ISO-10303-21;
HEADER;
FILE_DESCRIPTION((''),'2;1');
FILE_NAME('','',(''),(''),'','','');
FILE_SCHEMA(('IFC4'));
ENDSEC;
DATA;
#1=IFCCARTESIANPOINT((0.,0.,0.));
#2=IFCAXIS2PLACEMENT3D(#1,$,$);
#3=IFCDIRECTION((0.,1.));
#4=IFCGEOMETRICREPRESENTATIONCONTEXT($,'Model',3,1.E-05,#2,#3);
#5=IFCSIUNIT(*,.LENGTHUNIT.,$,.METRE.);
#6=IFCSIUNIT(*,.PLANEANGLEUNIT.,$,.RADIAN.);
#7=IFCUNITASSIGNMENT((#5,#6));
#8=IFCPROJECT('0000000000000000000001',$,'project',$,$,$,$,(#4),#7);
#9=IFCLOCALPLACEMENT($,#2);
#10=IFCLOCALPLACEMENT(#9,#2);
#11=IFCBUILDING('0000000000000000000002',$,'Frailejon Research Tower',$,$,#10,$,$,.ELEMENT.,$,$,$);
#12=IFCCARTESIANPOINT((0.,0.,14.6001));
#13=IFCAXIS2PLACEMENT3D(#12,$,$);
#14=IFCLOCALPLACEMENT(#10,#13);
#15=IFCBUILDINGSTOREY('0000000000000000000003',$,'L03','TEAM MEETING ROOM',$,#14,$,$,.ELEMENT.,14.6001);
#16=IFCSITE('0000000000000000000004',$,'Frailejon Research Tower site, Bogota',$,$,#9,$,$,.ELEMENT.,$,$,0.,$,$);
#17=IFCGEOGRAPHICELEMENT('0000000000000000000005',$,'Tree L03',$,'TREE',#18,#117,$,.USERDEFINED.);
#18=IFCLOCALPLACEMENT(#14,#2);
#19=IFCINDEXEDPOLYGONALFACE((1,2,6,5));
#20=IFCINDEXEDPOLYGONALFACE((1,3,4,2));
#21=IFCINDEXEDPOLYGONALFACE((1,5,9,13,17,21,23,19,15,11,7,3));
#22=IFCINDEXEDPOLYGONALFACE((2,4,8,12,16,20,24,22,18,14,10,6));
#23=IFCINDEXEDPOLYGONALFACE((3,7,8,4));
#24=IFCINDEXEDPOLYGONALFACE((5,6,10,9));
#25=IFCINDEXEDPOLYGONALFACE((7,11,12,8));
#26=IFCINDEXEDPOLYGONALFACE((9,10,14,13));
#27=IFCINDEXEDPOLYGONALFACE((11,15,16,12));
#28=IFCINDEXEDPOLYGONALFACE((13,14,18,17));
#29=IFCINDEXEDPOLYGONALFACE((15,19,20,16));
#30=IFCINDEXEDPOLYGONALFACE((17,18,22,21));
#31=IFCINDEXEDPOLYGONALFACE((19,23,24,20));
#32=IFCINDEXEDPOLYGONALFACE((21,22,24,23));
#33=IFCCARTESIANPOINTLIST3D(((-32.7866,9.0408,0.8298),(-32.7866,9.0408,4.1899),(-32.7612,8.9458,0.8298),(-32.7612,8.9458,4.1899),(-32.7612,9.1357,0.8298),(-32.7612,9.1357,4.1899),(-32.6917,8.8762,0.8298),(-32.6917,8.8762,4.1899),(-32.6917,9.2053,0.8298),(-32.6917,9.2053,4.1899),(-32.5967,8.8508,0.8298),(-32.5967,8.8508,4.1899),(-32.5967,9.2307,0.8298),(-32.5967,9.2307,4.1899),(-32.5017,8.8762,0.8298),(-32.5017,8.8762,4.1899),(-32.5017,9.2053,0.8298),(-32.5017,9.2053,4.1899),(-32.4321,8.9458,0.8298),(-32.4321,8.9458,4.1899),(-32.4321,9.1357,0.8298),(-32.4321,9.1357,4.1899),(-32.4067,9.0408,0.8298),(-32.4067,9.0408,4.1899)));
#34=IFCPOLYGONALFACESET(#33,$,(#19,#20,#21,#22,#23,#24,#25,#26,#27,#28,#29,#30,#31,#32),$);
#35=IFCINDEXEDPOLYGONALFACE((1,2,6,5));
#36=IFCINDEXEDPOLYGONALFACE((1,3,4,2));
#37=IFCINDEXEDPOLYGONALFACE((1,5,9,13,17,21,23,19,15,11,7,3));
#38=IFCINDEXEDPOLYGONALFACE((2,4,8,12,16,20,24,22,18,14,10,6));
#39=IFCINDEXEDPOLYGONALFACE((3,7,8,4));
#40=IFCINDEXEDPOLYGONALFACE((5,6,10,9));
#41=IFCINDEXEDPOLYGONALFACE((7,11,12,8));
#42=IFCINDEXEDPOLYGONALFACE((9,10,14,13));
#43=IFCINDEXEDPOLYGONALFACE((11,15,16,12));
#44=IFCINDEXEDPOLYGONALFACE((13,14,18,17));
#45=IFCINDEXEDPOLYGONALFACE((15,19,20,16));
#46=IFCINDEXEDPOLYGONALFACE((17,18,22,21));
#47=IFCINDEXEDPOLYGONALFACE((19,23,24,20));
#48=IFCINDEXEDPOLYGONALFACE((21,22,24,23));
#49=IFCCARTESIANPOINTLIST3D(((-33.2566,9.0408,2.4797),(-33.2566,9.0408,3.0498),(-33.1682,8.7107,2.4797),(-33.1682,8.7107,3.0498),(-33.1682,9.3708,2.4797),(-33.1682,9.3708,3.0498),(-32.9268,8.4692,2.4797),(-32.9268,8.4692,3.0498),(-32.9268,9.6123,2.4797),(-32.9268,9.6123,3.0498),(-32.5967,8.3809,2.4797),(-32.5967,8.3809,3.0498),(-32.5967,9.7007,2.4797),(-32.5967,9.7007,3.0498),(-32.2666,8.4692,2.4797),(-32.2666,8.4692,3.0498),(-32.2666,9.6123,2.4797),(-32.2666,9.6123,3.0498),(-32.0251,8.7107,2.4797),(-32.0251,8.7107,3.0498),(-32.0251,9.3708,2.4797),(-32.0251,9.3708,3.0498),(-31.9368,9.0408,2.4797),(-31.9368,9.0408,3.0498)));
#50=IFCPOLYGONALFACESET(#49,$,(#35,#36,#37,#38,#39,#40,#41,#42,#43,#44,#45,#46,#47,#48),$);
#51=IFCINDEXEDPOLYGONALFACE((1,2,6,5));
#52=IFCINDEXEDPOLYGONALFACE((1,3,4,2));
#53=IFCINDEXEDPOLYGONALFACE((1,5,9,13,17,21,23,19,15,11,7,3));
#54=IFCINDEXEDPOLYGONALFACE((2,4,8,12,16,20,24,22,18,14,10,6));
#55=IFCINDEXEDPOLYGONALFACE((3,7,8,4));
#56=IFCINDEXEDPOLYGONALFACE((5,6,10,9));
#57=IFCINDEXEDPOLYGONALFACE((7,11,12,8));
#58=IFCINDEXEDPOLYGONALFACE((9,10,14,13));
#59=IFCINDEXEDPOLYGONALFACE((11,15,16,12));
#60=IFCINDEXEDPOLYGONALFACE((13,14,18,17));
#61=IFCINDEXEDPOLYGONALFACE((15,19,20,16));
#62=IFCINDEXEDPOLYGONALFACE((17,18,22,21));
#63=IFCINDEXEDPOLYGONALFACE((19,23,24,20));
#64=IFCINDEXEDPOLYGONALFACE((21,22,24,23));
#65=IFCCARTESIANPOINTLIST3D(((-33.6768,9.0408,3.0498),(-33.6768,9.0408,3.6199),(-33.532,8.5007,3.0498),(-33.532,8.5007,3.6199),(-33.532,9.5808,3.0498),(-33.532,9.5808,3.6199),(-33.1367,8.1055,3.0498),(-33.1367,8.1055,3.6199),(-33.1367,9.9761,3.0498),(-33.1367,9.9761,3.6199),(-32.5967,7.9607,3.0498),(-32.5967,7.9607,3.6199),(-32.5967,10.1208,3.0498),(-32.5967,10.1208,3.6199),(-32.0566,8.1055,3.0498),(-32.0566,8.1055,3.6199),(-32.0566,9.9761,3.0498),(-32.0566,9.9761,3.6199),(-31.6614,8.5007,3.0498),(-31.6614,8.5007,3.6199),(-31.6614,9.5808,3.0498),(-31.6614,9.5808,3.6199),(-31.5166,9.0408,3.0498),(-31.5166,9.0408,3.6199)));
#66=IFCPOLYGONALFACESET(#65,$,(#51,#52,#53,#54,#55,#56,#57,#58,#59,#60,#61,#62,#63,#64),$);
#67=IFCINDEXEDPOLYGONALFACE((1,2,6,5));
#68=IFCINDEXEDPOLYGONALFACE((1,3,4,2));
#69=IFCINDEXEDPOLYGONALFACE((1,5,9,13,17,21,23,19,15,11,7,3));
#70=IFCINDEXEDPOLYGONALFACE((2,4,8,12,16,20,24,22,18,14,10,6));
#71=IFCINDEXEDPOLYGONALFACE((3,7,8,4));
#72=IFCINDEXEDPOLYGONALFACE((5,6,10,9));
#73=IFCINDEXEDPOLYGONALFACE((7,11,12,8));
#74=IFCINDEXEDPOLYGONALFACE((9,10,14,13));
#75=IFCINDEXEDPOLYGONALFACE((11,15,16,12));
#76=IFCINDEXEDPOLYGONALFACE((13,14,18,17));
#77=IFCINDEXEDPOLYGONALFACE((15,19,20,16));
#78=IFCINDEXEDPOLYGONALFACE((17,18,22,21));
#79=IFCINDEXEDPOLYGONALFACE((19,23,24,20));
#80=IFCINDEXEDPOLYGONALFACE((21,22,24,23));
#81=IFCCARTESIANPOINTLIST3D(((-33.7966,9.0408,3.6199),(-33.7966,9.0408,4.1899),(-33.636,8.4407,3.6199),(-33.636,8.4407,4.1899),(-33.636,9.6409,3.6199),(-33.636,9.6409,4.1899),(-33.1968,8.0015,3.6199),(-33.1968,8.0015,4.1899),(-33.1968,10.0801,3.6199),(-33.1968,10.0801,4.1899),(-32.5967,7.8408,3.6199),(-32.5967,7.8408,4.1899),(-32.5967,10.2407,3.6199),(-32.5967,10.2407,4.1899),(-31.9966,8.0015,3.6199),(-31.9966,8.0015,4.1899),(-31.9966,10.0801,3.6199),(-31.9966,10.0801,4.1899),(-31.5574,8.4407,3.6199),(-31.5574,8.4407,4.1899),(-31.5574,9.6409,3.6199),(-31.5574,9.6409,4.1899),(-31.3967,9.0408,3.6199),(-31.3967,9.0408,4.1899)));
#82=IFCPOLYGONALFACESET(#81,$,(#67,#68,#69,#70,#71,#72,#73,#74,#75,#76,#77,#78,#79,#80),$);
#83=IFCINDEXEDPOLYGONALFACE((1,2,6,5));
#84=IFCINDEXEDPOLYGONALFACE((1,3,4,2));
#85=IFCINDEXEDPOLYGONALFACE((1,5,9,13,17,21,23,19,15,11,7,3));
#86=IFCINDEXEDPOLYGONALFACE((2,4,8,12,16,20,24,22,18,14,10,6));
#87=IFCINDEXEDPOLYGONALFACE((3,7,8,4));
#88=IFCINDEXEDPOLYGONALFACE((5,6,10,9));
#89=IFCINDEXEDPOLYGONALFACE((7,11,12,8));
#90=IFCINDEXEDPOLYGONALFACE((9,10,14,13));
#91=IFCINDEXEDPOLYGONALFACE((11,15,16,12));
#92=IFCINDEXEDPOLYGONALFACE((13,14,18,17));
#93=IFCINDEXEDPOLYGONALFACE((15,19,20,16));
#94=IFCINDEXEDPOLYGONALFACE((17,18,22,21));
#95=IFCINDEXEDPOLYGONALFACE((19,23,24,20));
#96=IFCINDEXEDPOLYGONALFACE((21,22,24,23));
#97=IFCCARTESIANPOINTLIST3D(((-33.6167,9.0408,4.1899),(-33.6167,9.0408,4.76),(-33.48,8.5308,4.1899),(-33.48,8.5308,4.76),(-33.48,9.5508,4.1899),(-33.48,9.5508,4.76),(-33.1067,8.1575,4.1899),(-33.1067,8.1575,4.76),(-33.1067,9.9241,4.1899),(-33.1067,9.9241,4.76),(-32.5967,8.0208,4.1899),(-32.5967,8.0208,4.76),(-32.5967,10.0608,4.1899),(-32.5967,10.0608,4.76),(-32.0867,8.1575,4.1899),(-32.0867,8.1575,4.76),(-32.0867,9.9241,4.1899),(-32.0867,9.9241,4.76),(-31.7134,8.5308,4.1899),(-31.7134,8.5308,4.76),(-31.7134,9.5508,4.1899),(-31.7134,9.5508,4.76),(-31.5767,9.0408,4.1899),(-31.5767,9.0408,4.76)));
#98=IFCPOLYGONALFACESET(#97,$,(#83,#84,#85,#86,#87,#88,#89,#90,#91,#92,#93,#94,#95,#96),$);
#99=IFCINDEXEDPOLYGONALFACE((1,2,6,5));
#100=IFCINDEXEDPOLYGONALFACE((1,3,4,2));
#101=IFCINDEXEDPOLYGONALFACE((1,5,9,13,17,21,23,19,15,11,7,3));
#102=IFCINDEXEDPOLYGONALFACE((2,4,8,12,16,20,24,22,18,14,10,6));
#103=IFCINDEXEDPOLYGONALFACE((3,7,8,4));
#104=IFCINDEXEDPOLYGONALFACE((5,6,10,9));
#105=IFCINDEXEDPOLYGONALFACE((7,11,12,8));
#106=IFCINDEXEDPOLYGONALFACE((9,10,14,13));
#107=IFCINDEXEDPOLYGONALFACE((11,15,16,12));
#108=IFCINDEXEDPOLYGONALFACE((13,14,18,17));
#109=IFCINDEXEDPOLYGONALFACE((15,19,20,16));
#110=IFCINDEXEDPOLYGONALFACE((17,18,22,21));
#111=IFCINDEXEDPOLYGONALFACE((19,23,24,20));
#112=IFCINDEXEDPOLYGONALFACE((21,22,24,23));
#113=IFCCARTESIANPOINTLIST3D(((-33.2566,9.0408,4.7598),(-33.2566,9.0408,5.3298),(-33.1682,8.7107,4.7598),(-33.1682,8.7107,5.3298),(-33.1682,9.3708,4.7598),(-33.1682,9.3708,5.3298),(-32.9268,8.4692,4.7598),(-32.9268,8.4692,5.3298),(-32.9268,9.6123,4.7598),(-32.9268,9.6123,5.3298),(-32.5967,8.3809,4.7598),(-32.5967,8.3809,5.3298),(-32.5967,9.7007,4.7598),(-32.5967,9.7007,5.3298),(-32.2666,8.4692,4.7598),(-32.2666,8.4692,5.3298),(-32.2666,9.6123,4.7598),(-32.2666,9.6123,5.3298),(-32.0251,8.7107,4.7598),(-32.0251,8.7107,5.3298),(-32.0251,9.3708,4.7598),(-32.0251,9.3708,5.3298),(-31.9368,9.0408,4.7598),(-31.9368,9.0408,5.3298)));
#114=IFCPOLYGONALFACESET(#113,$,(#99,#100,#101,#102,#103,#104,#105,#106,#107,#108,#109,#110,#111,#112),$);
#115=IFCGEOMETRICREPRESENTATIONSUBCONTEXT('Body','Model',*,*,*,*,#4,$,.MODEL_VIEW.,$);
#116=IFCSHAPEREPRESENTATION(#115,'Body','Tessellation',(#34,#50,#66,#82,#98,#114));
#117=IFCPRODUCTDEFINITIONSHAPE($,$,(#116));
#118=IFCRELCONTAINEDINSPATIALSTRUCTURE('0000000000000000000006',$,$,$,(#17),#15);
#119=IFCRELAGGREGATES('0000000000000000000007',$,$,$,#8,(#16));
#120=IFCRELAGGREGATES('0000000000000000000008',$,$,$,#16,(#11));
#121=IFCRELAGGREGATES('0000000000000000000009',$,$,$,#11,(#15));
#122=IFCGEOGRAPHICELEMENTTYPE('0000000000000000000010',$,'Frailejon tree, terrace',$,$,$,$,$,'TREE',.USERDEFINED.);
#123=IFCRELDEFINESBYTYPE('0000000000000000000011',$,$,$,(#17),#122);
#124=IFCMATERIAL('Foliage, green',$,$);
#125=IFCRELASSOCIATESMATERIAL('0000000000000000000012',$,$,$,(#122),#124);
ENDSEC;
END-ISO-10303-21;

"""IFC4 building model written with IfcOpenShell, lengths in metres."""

from ifc_helpers import new_model, si_unit, direction, frame, origin, place, context, subcontext, project, spatial, polyline, outline, extrude, material, type_object, element, save


model = new_model("IFC4")

# Units and contexts
model_context = context("Model", 3, precision=1e-05, world=origin(), true_north=direction((0.0, 1.0)))
body_context = subcontext(model_context, "Body", "Model", "MODEL_VIEW")
ifc_project = project(units=[si_unit("LENGTHUNIT", "METRE"), si_unit("PLANEANGLEUNIT", "RADIAN")], contexts=[model_context])

# Site, building, storey
site_placement = place(None, origin())
site = spatial("IfcSite", under=ifc_project, at=site_placement, Name="Frailejon Research Tower site, Bogota", CompositionType="ELEMENT", RefElevation=0.0)
building_placement = place(site_placement, origin())
building = spatial("IfcBuilding", under=site, at=building_placement, Name="Frailejon Research Tower", CompositionType="ELEMENT")
storey_placement = place(building_placement, frame((0.0, 0.0, 14.6001)))
storey = spatial("IfcBuildingStorey", under=building, at=storey_placement, Name="L03", Description="TEAM MEETING ROOM", CompositionType="ELEMENT", Elevation=14.6001)

# Geographic element
ifc_material_1 = material(Name="Foliage, green")
geographic_element_type_1 = type_object("IfcGeographicElementType", Name="Frailejon tree, terrace", ElementType="TREE", PredefinedType="USERDEFINED", material=ifc_material_1)
geographic_element_1_placement = place(storey_placement, frame((-32.5967, 9.0408, 0.8298)))
element("IfcGeographicElement", 1, at=geographic_element_1_placement, inside=storey, type_object=geographic_element_type_1, Name="Tree L03", ObjectType="TREE", PredefinedType="USERDEFINED", context=body_context, shape_type="SweptSolid", body=[
    extrude(outline(polyline([(0.1899, 0.0), (0.1646, 0.095), (0.095, 0.1646), (0.0, 0.1899), (-0.095, 0.1646), (-0.1646, 0.095), (-0.1899, 0.0), (-0.1646, -0.095), (-0.095, -0.1646), (0.0, -0.1899), (0.095, -0.1646), (0.1646, -0.095), (0.1899, 0.0)])), origin(), (0.0, 0.0, 1.0), 3.3601),
    extrude(outline(polyline([(0.6599, 0.0), (0.5715, 0.3301), (0.3301, 0.5715), (0.0, 0.6599), (-0.3301, 0.5715), (-0.5715, 0.3301), (-0.6599, 0.0), (-0.5715, -0.3301), (-0.3301, -0.5715), (0.0, -0.6599), (0.3301, -0.5715), (0.5715, -0.3301), (0.6599, 0.0)])), frame((0.0, 0.0, 1.6499)), (0.0, 0.0, 1.0), 0.5701),
    extrude(outline(polyline([(1.0801, 0.0), (0.9353, 0.54), (0.54, 0.9353), (0.0, 1.0801), (-0.54, 0.9353), (-0.9353, 0.54), (-1.0801, 0.0), (-0.9353, -0.54), (-0.54, -0.9353), (0.0, -1.0801), (0.54, -0.9353), (0.9353, -0.54), (1.0801, 0.0)])), frame((0.0, 0.0, 2.22)), (0.0, 0.0, 1.0), 0.5701),
    extrude(outline(polyline([(1.2, 0.0), (1.0393, 0.6001), (0.6001, 1.0393), (0.0, 1.2), (-0.6001, 1.0393), (-1.0393, 0.6001), (-1.2, 0.0), (-1.0393, -0.6001), (-0.6001, -1.0393), (0.0, -1.2), (0.6001, -1.0393), (1.0393, -0.6001), (1.2, 0.0)])), frame((0.0, 0.0, 2.79)), (0.0, 0.0, 1.0), 0.5701),
    extrude(outline(polyline([(1.02, 0.0), (0.8833, 0.51), (0.51, 0.8833), (0.0, 1.02), (-0.51, 0.8833), (-0.8833, 0.51), (-1.02, 0.0), (-0.8833, -0.51), (-0.51, -0.8833), (0.0, -1.02), (0.51, -0.8833), (0.8833, -0.51), (1.02, 0.0)])), frame((0.0, 0.0, 3.3601)), (0.0, 0.0, 1.0), 0.5701),
    extrude(outline(polyline([(0.6599, 0.0), (0.5715, 0.3301), (0.3301, 0.5715), (0.0, 0.6599), (-0.3301, 0.5715), (-0.5715, 0.3301), (-0.6599, 0.0), (-0.5715, -0.3301), (-0.3301, -0.5715), (0.0, -0.6599), (0.3301, -0.5715), (0.5715, -0.3301), (0.6599, 0.0)])), frame((0.0, 0.0, 3.9299)), (0.0, 0.0, 1.0), 0.5701),
])

save(model, "model.ifc")
